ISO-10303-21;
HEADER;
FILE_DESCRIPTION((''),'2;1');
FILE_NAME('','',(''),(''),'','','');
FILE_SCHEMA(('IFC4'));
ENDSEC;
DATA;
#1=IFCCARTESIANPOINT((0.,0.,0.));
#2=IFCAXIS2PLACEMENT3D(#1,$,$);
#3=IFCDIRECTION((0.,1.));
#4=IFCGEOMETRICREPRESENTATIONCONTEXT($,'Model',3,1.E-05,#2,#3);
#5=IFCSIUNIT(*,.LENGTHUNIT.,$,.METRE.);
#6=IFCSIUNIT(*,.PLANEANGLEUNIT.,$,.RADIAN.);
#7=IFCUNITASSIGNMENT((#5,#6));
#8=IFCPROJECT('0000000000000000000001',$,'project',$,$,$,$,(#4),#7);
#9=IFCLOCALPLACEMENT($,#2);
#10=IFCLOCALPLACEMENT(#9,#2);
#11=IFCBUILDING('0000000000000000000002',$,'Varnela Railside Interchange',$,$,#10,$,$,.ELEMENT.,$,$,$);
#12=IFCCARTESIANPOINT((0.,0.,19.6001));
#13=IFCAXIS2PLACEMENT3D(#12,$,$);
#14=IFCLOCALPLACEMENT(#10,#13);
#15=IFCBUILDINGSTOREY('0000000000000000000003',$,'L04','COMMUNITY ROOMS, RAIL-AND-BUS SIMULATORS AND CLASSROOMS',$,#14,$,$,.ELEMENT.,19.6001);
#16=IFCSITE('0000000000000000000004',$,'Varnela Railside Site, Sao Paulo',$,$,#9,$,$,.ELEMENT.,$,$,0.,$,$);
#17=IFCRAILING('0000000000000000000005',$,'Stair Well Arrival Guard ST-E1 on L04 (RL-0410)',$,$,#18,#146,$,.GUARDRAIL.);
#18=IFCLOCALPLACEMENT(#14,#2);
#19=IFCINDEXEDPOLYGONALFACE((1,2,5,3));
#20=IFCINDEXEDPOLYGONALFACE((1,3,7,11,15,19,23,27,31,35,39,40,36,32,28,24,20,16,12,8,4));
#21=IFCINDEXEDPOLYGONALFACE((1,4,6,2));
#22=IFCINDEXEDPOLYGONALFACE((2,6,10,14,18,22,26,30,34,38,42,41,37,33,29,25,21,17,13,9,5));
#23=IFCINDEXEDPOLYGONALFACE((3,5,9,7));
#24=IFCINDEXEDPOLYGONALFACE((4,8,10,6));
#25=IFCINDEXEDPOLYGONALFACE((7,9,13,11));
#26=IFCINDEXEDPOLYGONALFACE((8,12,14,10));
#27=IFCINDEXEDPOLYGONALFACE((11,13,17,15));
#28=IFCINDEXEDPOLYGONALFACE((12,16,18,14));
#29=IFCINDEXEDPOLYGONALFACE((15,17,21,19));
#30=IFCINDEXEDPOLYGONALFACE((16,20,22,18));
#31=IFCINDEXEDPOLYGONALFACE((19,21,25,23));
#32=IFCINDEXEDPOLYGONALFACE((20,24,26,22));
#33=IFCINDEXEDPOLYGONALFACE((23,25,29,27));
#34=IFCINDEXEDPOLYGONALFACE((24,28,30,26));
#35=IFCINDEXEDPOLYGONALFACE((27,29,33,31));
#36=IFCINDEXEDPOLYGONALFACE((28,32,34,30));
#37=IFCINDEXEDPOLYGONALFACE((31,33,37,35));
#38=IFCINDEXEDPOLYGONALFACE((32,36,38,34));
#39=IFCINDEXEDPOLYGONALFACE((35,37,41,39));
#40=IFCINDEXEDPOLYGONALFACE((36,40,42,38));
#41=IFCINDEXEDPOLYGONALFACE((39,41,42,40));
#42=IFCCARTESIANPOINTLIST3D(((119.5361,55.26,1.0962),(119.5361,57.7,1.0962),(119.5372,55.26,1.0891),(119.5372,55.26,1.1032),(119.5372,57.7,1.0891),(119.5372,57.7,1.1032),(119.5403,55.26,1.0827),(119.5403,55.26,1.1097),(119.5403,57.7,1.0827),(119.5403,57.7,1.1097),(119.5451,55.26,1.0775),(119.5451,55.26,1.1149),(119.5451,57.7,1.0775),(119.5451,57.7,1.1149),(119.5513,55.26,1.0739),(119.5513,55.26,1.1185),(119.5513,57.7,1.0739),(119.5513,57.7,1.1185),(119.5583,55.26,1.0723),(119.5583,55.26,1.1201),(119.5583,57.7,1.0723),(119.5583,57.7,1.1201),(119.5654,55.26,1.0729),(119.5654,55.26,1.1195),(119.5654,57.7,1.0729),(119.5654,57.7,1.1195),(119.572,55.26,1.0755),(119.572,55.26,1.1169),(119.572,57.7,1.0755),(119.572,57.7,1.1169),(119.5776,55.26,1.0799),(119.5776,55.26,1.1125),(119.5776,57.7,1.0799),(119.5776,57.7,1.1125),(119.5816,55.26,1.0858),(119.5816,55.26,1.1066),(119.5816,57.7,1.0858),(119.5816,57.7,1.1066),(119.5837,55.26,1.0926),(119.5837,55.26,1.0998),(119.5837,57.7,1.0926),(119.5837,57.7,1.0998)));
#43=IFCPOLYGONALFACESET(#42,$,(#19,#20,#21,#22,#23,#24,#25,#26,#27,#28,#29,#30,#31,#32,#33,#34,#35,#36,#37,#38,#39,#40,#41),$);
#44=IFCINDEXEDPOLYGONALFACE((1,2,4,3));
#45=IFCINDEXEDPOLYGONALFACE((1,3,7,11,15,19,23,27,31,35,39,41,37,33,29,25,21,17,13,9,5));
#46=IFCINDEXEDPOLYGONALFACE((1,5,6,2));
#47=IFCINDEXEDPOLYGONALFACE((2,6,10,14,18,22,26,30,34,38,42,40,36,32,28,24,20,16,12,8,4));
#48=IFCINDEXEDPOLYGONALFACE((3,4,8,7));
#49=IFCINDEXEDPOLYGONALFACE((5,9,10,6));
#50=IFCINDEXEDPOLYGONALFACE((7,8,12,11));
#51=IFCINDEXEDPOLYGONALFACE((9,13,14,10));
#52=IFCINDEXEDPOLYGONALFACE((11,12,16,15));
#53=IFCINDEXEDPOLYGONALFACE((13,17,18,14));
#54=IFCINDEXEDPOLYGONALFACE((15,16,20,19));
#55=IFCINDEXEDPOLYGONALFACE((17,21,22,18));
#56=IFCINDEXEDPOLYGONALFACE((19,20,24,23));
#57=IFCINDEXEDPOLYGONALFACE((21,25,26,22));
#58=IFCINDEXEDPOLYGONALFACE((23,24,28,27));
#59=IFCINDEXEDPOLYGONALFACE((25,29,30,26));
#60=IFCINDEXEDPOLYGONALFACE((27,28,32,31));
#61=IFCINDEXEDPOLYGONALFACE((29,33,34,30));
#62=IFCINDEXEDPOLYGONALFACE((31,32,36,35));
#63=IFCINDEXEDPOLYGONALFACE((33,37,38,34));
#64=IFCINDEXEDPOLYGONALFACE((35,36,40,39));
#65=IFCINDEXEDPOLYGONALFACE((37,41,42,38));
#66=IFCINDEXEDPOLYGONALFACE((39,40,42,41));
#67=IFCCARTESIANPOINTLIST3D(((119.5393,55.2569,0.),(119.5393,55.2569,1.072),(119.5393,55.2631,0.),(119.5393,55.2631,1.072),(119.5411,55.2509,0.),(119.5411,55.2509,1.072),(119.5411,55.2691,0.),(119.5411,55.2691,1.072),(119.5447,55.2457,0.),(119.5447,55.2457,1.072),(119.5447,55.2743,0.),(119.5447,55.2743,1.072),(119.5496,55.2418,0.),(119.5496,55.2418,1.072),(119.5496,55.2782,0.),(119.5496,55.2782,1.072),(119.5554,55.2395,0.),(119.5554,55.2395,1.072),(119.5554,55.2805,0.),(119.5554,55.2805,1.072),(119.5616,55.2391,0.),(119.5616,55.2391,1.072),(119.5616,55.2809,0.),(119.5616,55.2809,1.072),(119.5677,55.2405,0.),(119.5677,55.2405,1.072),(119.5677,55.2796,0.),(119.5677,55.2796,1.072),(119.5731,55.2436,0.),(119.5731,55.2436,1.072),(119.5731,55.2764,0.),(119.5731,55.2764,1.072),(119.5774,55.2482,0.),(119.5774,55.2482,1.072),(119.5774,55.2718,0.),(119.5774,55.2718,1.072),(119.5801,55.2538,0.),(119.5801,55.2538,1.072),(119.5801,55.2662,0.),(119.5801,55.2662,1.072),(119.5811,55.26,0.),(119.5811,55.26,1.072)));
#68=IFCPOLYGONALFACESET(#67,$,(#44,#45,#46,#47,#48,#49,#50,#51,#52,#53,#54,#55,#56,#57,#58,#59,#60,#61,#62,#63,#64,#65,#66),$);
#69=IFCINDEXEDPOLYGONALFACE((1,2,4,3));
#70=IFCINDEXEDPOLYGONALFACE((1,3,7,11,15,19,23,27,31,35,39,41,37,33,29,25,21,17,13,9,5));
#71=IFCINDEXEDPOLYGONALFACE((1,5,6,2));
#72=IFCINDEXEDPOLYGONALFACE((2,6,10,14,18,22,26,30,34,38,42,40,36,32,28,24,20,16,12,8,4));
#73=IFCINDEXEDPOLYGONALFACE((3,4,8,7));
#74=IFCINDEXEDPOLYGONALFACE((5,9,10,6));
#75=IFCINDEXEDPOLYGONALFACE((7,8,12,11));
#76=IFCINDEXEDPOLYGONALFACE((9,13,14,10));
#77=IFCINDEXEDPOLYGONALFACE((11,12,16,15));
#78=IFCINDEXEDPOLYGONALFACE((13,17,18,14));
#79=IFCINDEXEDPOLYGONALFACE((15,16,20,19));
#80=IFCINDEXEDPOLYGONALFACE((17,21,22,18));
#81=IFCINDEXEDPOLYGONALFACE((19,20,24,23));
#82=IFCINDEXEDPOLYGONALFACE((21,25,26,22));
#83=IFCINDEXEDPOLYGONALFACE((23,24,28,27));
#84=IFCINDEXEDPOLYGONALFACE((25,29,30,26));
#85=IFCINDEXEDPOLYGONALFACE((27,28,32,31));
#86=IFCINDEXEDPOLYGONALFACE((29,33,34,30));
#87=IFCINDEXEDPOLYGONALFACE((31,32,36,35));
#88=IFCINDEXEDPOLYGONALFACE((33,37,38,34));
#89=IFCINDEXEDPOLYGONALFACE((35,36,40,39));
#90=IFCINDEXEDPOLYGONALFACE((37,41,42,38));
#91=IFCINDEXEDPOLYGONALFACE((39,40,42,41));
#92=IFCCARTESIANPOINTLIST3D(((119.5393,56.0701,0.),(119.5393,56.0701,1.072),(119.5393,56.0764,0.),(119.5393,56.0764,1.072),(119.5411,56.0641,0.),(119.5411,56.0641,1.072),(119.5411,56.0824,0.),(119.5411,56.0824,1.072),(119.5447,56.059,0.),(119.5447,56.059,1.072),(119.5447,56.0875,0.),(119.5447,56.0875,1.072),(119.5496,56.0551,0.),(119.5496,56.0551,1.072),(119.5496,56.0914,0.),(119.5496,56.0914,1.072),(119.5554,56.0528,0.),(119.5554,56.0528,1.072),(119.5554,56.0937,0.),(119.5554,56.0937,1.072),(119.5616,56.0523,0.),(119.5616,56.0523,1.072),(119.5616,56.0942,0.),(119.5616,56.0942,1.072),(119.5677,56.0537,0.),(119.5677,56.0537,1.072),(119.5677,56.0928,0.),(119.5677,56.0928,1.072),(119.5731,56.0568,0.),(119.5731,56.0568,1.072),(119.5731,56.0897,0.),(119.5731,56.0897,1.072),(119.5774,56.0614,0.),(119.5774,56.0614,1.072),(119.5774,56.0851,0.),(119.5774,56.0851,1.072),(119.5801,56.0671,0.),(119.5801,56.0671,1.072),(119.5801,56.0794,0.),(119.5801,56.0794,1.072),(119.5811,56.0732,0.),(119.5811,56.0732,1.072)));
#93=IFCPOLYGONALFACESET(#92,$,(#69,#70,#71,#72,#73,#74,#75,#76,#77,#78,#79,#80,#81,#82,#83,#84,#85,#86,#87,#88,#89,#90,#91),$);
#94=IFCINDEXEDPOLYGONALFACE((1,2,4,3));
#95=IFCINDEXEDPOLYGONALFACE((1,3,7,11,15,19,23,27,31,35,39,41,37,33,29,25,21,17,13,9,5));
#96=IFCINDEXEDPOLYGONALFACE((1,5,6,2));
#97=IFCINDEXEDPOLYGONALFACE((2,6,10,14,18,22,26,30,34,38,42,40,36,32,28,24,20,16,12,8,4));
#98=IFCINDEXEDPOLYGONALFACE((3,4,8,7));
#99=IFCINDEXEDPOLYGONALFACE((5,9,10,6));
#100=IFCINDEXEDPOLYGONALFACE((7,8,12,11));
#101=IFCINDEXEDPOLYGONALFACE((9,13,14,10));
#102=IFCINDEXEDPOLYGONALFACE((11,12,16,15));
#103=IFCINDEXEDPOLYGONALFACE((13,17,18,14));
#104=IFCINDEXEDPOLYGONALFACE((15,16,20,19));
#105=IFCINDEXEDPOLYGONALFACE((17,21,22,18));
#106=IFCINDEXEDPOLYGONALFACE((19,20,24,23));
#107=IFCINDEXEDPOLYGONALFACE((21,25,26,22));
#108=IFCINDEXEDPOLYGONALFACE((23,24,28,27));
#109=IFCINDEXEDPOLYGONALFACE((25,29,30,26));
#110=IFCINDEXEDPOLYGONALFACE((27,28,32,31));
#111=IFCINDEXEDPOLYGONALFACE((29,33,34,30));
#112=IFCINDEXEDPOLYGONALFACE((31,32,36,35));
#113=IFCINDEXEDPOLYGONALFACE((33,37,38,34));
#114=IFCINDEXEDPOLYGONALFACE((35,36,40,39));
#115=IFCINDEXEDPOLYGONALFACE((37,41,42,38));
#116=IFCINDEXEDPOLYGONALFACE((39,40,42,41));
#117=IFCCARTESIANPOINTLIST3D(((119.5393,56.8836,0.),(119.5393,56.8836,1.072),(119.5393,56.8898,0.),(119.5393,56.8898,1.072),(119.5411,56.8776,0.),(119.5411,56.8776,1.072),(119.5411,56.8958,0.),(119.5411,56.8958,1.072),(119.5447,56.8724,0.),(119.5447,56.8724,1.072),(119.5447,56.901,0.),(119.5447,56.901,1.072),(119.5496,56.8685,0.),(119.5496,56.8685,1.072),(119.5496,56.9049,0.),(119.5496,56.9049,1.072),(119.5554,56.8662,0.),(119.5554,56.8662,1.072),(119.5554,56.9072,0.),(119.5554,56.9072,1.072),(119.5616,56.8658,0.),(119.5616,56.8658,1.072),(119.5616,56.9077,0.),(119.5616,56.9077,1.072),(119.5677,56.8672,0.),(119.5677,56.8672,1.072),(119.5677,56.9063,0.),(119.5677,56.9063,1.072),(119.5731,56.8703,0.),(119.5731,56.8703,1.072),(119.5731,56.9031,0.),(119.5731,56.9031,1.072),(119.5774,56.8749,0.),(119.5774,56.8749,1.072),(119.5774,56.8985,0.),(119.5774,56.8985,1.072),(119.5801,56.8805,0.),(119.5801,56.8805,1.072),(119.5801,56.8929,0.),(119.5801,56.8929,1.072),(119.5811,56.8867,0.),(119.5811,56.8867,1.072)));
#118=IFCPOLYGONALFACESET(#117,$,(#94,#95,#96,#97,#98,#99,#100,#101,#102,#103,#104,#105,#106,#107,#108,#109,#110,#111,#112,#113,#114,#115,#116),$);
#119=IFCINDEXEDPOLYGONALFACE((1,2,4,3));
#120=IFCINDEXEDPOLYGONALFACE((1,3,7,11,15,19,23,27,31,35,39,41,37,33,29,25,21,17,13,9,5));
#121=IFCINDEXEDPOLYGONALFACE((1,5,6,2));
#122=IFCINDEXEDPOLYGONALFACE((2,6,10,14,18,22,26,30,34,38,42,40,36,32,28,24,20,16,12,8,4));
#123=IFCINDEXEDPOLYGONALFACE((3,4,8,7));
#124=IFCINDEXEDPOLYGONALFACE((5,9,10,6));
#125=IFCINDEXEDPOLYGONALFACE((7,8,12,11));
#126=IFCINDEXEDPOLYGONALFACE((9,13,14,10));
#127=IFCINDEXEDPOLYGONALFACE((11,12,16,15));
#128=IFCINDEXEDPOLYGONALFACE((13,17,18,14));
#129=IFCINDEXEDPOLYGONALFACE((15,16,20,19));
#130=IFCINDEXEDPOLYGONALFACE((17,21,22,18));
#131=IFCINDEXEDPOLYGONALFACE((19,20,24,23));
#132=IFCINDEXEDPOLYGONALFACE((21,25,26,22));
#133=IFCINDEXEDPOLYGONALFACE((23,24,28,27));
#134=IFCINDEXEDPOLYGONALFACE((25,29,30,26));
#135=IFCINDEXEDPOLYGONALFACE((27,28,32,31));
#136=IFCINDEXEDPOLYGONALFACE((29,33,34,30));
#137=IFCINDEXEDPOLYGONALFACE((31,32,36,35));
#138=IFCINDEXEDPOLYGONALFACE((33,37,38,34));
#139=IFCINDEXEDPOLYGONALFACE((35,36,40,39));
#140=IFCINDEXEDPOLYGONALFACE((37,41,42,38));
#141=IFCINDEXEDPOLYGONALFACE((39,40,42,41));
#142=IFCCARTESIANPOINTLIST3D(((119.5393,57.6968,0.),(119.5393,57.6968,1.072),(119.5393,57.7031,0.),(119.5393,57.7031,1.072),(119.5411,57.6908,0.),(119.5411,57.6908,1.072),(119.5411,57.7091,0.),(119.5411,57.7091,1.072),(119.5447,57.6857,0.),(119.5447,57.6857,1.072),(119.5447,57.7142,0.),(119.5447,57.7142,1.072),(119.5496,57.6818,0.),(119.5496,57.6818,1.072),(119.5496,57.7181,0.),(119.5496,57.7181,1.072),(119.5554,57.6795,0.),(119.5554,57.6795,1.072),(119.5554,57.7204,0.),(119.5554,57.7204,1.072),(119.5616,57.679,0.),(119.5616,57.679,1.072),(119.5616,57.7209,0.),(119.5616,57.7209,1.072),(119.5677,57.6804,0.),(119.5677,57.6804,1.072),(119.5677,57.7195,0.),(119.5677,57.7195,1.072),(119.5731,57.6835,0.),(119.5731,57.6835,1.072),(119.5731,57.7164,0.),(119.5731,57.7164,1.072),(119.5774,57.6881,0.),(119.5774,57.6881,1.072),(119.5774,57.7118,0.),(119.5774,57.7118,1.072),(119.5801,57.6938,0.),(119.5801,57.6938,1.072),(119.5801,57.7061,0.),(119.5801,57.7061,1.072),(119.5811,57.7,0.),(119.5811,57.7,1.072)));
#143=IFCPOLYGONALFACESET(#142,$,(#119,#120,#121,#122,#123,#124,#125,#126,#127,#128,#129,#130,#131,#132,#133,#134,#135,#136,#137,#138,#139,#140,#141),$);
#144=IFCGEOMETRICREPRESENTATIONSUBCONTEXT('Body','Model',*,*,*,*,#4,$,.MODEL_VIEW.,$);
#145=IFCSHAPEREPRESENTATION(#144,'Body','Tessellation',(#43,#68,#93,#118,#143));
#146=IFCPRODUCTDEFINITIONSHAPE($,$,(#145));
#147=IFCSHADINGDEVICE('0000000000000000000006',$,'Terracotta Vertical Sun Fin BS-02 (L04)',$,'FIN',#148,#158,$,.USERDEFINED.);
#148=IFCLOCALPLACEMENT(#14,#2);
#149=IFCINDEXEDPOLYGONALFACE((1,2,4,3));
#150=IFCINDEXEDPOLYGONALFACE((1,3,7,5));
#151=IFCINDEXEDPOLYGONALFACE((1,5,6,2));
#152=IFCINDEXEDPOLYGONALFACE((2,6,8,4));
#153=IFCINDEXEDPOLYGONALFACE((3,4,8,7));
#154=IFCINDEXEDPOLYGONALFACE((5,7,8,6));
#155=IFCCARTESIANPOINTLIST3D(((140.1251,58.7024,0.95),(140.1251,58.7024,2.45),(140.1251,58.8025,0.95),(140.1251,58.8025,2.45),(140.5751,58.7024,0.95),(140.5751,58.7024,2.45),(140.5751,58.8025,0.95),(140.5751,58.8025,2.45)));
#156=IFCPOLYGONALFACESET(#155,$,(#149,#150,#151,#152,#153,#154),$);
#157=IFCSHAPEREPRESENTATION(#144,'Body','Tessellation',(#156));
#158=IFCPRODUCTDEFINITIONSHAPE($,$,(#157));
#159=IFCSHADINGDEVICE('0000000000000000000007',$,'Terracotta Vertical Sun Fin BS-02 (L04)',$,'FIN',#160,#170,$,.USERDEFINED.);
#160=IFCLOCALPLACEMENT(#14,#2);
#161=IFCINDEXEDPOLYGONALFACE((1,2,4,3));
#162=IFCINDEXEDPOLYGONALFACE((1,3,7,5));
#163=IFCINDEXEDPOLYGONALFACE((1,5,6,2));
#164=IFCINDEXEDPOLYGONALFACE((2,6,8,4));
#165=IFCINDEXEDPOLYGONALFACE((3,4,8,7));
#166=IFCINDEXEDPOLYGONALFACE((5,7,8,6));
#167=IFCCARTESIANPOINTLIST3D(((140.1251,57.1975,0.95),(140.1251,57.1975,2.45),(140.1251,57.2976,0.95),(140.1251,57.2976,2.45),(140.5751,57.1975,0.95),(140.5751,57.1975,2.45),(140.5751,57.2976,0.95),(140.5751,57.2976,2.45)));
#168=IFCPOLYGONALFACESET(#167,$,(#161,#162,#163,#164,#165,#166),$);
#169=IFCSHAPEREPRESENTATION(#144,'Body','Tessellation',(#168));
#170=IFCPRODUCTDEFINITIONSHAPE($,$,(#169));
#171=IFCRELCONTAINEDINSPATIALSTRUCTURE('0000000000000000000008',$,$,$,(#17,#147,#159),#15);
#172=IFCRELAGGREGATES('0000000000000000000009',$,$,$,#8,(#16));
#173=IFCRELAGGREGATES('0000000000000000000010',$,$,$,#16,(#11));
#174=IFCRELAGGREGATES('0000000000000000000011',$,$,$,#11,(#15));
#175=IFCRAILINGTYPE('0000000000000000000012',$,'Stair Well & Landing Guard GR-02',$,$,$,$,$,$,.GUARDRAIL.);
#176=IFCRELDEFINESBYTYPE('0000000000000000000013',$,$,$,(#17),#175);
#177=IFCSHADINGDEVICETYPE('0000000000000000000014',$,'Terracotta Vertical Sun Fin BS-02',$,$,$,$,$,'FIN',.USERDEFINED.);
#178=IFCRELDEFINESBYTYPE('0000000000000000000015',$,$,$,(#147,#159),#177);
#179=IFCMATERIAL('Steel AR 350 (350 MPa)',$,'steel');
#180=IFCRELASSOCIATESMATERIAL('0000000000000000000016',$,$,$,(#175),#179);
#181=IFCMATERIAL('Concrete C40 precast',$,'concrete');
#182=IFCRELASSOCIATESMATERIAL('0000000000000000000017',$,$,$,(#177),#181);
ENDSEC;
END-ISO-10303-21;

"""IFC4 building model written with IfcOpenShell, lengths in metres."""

from ifc_helpers import new_model, si_unit, direction, frame, origin, origin_2d, place, context, subcontext, project, spatial, rectangle, circle, extrude, material, type_object, element, save


model = new_model("IFC4")

# Units and contexts
model_context = context("Model", 3, precision=1e-05, world=origin(), true_north=direction((0.0, 1.0)))
body_context = subcontext(model_context, "Body", "Model", "MODEL_VIEW")
ifc_project = project(units=[si_unit("LENGTHUNIT", "METRE"), si_unit("PLANEANGLEUNIT", "RADIAN")], contexts=[model_context])

# Site, building, storey
site_placement = place(None, origin())
site = spatial("IfcSite", under=ifc_project, at=site_placement, Name="Varnela Railside Site, Sao Paulo", CompositionType="ELEMENT", RefElevation=0.0)
building_placement = place(site_placement, origin())
building = spatial("IfcBuilding", under=site, at=building_placement, Name="Varnela Railside Interchange", CompositionType="ELEMENT")
storey_placement = place(building_placement, frame((0.0, 0.0, 19.6001)))
storey = spatial("IfcBuildingStorey", under=building, at=storey_placement, Name="L04", Description="COMMUNITY ROOMS, RAIL-AND-BUS SIMULATORS AND CLASSROOMS", CompositionType="ELEMENT", Elevation=19.6001)

# Shared definitions
ifc_material_1 = material(Name="Steel AR 350 (350 MPa)", Category="steel")

# Shared definitions
ifc_material_2 = material(Name="Concrete C40 precast", Category="concrete")

# Railing
railing_type = type_object("IfcRailingType", Name="Stair Well & Landing Guard GR-02", PredefinedType="GUARDRAIL", material=ifc_material_1)
railing_placement = place(storey_placement, frame((119.5601, 55.26, 0.0)))
element("IfcRailing", 1, at=railing_placement, inside=storey, type_object=railing_type, Name="Stair Well Arrival Guard ST-E1 on L04 (RL-0410)", PredefinedType="GUARDRAIL", context=body_context, shape_type="SweptSolid", body=[
    extrude(circle(Radius=0.0239, at=origin_2d()), frame((0.0, 0.0, 1.0962), z_axis=(0.0, 1.0, 0.0), x_axis=(-1.0, 0.0, 0.0)), (0.0, 0.0, 1.0), 2.4399),
    extrude(circle(Radius=0.021, at=origin_2d()), origin(), (0.0, 0.0, 1.0), 1.072),
    extrude(circle(Radius=0.021, at=origin_2d()), frame((0.0, 0.8132, 0.0)), (0.0, 0.0, 1.0), 1.072),
    extrude(circle(Radius=0.021, at=origin_2d()), frame((0.0, 1.6267, 0.0)), (0.0, 0.0, 1.0), 1.072),
    extrude(circle(Radius=0.021, at=origin_2d()), frame((0.0, 2.4399, 0.0)), (0.0, 0.0, 1.0), 1.072),
])

# Shading devices
shading_device_type = type_object("IfcShadingDeviceType", Name="Terracotta Vertical Sun Fin BS-02", ElementType="FIN", PredefinedType="USERDEFINED", material=ifc_material_2)
for number, where, z_axis, x_axis, name in (
    (2, (140.3501, 58.7524, 0.95), (0.0, 0.0, 1.0), (1.0, 0.0, 0.0), "Terracotta Vertical Sun Fin BS-02 (L04)"),
    (3, (140.3501, 57.2476, 0.95), (0.0, 0.0, 1.0), (1.0, 0.0, 0.0), "Terracotta Vertical Sun Fin BS-02 (L04)"),
):
    element("IfcShadingDevice", number, at=place(storey_placement, frame(where, z_axis=z_axis, x_axis=x_axis)), inside=storey, type_object=shading_device_type, Name=name, ObjectType="FIN", PredefinedType="USERDEFINED", context=body_context, shape_type="SweptSolid", body=[
        extrude(rectangle(XDim=0.45, YDim=0.1001, at=origin_2d()), origin(), (0.0, 0.0, 1.0), 1.5),
    ])

save(model, "model.ifc")
